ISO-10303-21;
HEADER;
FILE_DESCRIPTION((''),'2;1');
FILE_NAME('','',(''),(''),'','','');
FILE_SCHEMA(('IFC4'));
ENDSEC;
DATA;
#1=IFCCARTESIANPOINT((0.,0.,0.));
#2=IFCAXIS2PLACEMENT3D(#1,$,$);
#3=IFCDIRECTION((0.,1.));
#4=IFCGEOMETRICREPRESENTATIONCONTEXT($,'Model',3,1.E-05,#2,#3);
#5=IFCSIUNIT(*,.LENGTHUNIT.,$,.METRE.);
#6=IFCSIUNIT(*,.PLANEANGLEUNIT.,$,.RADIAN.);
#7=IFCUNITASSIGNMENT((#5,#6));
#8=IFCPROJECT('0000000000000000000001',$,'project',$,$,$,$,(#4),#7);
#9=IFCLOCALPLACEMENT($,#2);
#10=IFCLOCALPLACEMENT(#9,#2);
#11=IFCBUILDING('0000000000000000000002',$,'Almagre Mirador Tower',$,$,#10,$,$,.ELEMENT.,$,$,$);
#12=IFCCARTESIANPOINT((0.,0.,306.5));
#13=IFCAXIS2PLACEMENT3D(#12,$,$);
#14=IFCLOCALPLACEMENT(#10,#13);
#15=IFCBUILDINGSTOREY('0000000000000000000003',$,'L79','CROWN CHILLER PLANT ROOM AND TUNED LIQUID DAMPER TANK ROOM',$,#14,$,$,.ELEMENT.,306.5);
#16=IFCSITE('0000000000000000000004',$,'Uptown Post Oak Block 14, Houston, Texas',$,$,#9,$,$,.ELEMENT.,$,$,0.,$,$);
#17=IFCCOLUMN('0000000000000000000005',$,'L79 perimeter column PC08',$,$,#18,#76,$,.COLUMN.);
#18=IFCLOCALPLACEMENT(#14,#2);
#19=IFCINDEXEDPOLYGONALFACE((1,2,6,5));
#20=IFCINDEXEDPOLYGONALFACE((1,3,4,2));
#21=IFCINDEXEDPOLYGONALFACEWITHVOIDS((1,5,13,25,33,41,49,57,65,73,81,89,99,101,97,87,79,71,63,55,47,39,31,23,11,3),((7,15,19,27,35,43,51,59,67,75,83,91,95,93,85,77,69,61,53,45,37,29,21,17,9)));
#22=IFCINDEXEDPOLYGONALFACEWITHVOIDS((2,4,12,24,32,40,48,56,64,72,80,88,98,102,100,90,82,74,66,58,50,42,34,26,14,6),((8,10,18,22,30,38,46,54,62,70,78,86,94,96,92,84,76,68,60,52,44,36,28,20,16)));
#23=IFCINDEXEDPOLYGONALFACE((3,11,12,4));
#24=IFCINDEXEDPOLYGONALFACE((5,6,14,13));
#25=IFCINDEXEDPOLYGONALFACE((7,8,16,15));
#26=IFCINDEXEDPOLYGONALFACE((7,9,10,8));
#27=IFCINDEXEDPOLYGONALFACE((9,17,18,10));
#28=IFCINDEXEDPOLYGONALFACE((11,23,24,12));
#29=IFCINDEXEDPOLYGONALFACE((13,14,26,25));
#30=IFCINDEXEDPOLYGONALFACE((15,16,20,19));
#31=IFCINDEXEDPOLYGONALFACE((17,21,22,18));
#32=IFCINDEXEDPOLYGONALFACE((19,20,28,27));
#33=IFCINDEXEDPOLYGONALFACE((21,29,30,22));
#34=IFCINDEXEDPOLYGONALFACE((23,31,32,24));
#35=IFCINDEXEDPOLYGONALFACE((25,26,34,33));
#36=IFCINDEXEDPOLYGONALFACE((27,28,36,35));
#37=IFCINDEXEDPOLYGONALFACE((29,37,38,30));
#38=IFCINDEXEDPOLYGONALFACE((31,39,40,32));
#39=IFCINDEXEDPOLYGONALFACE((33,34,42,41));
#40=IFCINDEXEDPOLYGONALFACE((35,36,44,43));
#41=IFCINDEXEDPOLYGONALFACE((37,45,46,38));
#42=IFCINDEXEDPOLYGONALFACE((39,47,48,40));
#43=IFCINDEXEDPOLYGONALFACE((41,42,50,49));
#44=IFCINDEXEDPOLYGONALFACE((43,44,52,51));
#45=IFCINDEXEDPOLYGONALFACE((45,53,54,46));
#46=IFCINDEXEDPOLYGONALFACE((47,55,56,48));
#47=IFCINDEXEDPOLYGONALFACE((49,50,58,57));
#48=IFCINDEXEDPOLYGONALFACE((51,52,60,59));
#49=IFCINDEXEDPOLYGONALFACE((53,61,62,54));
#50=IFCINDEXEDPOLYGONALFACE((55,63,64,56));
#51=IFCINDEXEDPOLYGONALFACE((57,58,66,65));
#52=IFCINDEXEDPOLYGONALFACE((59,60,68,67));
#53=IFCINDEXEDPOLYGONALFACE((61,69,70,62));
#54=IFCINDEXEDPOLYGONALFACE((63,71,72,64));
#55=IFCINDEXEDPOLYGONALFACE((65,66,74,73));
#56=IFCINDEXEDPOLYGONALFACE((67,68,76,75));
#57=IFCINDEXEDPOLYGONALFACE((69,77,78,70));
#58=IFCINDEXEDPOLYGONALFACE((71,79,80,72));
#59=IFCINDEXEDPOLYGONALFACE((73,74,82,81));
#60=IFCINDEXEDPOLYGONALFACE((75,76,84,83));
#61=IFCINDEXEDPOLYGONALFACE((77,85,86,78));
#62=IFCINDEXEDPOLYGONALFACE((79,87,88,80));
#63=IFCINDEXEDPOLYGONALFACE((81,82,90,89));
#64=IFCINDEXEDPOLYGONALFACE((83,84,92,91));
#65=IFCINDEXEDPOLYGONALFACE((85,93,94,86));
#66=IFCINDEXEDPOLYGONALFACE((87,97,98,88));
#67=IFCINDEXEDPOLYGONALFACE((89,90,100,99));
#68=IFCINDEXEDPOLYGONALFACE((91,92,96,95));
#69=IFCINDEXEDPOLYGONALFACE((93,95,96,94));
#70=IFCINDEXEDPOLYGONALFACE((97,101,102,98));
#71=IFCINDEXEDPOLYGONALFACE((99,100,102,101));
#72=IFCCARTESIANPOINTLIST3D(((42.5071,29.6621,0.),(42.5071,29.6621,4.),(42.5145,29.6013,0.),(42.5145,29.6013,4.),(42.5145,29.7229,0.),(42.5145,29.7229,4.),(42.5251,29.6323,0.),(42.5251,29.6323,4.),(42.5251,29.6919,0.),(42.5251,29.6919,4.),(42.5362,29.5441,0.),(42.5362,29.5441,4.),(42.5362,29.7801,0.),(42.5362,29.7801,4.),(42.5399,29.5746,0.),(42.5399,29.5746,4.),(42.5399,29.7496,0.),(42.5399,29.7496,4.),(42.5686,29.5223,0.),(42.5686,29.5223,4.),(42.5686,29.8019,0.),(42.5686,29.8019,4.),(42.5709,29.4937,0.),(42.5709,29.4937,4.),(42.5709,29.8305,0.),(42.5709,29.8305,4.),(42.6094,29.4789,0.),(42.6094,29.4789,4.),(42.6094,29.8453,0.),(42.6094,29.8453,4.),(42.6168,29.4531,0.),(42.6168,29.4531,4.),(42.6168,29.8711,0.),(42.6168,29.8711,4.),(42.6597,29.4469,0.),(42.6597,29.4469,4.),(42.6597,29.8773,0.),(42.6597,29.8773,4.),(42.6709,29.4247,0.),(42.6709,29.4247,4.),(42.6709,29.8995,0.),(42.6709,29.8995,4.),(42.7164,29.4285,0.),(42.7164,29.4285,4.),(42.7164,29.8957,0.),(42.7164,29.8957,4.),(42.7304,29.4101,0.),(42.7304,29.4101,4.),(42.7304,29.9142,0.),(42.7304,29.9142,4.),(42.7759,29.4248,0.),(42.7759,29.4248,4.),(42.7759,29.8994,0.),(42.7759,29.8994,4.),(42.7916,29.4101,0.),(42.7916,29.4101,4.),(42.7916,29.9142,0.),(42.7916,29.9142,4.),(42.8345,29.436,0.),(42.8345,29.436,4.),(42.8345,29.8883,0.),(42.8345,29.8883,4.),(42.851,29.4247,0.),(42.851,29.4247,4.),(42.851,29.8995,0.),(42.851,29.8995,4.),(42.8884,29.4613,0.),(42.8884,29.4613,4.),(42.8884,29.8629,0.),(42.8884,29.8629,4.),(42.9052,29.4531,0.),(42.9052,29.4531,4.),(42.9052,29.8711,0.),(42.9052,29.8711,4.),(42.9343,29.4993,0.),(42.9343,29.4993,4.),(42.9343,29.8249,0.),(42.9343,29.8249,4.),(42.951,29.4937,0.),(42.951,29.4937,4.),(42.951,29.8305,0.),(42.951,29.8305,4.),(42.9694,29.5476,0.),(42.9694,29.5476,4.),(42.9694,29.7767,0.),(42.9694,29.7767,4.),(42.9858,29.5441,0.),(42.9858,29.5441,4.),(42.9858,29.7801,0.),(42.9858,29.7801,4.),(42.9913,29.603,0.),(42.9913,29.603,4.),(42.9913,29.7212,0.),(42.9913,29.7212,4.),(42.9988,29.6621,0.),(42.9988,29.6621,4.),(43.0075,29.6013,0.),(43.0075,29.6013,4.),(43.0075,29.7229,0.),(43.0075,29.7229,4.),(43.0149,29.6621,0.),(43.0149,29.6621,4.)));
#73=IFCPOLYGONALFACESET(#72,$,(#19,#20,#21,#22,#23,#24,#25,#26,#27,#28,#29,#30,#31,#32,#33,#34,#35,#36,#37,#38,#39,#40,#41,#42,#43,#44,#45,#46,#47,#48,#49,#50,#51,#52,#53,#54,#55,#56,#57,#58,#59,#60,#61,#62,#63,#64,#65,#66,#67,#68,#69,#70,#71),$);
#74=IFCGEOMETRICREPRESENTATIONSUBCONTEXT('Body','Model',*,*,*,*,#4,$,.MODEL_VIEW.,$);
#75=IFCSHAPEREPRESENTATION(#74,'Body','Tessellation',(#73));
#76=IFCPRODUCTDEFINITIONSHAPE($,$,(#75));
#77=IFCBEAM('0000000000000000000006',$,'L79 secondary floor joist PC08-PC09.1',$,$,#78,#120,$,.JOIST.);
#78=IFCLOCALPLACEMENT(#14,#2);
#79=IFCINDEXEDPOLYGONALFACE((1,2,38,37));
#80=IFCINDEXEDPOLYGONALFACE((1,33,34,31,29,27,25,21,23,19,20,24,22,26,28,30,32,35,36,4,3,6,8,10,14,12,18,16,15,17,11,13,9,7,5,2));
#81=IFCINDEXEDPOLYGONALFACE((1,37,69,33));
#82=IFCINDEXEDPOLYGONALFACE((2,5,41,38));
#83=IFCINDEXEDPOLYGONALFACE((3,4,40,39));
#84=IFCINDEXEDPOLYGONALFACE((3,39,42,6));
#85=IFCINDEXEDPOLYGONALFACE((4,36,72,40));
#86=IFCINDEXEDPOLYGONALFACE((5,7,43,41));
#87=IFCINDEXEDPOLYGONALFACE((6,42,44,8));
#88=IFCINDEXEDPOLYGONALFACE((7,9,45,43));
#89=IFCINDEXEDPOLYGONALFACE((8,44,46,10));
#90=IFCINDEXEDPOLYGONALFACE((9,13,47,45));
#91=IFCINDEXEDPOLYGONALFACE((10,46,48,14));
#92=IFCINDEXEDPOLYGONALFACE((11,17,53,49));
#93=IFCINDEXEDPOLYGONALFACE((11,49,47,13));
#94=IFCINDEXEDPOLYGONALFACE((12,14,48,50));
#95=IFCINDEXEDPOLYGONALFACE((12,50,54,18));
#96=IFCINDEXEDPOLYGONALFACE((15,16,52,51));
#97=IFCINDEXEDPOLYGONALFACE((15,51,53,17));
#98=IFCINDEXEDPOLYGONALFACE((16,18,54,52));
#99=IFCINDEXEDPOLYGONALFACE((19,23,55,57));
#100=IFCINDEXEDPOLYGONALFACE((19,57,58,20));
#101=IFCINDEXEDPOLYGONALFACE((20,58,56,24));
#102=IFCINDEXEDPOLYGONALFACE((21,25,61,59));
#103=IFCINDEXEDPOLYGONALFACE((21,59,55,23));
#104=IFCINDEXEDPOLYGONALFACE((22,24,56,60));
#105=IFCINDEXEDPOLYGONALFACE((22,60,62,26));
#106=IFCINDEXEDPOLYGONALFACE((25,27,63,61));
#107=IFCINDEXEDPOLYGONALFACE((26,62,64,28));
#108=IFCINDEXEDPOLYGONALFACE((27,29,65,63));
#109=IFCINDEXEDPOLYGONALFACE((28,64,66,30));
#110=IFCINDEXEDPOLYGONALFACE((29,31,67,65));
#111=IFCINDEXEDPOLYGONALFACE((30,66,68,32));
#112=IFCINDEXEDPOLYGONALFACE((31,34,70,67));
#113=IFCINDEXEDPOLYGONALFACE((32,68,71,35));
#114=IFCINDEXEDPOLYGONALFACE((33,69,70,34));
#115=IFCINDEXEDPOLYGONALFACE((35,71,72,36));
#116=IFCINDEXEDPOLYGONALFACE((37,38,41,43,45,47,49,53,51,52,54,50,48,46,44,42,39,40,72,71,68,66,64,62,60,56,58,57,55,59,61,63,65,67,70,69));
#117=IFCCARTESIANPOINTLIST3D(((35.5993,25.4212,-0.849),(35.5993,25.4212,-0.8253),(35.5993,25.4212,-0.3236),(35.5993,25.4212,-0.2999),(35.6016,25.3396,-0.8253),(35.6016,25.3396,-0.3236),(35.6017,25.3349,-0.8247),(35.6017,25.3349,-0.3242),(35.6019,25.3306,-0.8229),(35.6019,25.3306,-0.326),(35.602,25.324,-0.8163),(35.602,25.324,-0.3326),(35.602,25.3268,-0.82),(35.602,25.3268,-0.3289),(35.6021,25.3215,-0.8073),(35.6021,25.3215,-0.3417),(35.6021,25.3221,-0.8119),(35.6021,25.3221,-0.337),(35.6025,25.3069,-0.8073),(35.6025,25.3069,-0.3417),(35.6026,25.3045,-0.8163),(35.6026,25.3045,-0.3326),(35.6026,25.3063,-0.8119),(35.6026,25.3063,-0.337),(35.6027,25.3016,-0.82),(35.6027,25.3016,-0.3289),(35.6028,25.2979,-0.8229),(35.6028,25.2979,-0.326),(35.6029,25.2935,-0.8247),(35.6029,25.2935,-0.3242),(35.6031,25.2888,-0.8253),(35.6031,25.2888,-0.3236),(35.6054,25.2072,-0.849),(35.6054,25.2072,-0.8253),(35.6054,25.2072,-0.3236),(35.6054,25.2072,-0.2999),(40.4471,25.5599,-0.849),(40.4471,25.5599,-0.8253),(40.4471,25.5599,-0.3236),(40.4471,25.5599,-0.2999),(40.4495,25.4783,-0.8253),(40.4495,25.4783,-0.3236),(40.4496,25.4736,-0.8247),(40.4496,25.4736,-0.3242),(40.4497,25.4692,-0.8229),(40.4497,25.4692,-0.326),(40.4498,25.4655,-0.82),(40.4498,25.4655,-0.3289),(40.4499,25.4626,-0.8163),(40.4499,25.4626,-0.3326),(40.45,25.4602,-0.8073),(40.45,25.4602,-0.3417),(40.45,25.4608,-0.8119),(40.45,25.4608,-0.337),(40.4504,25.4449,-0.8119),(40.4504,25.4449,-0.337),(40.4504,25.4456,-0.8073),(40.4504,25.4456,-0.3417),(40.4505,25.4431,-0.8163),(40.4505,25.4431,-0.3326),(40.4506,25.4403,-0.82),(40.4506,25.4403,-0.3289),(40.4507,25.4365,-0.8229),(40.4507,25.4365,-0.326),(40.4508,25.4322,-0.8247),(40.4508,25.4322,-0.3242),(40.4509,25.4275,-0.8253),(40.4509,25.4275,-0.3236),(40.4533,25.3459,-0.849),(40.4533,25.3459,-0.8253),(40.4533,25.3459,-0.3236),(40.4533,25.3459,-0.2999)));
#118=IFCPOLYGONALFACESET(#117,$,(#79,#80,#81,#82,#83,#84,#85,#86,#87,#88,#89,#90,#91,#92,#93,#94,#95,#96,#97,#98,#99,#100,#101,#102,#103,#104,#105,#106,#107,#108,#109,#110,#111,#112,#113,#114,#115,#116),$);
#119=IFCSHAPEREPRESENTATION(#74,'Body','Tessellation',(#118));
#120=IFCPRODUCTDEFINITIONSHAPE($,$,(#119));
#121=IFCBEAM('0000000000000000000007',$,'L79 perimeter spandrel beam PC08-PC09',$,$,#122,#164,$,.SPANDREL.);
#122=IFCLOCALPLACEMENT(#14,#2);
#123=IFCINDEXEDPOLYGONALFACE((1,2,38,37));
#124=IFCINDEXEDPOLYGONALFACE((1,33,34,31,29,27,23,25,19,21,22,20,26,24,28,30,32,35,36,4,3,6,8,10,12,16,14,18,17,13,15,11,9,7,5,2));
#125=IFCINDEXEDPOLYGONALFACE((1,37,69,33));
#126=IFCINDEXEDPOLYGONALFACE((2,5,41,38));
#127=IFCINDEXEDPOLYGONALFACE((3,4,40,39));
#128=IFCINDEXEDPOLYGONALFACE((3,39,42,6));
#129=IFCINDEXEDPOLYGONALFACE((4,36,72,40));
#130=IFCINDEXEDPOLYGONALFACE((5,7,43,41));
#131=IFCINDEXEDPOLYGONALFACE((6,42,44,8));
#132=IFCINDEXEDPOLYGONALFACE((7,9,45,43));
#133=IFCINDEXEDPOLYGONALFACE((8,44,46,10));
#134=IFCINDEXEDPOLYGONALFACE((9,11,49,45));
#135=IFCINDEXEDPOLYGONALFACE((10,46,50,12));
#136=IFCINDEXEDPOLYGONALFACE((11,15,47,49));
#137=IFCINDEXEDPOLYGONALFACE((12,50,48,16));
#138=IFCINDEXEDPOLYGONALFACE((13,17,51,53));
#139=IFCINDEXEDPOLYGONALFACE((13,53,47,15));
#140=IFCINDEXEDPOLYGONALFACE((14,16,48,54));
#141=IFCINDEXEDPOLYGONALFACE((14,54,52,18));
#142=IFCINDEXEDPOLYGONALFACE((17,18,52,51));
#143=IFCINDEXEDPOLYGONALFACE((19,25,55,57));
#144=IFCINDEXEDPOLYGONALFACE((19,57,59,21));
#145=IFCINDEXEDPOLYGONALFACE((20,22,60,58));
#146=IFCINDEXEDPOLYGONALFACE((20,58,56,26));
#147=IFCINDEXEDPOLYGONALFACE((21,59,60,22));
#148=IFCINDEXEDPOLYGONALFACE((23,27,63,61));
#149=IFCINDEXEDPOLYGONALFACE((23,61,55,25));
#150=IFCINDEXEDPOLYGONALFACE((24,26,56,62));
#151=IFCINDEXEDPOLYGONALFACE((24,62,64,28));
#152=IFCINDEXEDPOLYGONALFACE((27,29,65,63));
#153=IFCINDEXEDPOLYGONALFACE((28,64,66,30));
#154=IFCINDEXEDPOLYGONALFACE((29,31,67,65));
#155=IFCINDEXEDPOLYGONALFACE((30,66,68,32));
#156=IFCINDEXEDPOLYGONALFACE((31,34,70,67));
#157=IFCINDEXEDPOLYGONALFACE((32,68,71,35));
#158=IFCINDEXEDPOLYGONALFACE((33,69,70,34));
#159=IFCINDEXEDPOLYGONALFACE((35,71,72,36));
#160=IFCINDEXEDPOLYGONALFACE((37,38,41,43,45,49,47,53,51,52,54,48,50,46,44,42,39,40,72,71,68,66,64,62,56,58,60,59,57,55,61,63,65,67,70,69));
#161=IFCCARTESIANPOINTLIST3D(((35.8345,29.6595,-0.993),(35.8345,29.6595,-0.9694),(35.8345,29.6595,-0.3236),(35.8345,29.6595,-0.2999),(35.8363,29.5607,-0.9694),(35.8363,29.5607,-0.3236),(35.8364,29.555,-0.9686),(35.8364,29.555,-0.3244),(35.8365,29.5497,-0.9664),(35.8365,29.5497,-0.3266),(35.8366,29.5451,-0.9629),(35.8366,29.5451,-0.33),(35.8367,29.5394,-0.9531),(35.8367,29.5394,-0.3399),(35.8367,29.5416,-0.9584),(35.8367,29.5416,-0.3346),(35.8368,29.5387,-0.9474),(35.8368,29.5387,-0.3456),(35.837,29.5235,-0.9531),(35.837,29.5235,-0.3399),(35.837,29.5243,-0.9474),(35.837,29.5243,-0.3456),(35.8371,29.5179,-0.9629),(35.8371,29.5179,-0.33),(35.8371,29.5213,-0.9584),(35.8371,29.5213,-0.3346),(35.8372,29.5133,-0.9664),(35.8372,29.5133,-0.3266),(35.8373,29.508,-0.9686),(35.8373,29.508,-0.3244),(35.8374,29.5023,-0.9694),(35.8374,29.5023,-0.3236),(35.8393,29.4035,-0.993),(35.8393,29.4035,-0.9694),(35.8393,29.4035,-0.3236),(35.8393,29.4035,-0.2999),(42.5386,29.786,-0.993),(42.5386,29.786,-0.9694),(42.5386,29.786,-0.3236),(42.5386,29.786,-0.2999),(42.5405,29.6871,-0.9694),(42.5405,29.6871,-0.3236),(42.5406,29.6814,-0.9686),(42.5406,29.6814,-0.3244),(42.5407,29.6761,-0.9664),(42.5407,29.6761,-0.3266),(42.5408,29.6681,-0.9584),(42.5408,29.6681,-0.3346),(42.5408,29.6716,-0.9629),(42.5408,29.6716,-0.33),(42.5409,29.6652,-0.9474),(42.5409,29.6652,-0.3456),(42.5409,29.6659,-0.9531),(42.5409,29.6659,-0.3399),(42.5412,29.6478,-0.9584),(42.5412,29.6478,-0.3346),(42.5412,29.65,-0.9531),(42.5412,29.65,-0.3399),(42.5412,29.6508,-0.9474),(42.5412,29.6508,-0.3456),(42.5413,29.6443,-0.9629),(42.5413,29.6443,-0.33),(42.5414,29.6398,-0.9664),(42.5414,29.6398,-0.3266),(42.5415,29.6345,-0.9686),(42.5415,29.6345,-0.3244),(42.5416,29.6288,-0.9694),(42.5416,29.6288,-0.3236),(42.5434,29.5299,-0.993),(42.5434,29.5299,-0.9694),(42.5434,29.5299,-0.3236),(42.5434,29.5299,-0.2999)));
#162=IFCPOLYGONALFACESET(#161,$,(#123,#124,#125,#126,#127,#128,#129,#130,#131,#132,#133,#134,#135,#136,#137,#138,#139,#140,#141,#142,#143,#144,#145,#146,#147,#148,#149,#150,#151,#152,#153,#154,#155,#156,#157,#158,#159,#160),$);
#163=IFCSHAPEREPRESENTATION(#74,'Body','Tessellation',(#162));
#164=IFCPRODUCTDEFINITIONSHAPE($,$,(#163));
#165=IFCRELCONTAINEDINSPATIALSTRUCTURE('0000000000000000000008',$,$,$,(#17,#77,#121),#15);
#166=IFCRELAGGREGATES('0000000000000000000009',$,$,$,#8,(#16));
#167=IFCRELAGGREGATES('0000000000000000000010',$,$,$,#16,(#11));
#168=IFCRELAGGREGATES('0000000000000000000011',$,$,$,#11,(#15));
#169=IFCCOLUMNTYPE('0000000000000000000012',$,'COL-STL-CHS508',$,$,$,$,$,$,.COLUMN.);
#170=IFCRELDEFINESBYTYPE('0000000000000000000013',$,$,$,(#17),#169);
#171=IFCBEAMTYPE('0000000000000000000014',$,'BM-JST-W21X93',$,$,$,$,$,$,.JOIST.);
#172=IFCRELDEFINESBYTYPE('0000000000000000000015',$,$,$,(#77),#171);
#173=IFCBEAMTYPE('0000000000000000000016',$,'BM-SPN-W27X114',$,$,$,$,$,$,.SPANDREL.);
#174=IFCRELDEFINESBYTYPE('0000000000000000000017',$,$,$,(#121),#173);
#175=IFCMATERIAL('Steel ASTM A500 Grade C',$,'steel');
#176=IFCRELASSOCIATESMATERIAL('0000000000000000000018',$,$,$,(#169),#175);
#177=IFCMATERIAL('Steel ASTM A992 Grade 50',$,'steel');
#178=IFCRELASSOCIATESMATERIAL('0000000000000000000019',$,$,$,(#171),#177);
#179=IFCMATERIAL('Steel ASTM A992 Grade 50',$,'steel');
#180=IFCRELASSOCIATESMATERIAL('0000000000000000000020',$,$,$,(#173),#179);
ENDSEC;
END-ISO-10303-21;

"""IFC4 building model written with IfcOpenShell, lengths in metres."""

from ifc_helpers import new_model, si_unit, direction, frame, origin, origin_2d, place, context, subcontext, project, spatial, hollow_circle, i_section, extrude, material, material_profile, profile_set, type_object, element, save


model = new_model("IFC4")

# Units and contexts
model_context = context("Model", 3, precision=1e-05, world=origin(), true_north=direction((0.0, 1.0)))
body_context = subcontext(model_context, "Body", "Model", "MODEL_VIEW")
ifc_project = project(units=[si_unit("LENGTHUNIT", "METRE"), si_unit("PLANEANGLEUNIT", "RADIAN")], contexts=[model_context])

# Site, building, storey
site_placement = place(None, origin())
site = spatial("IfcSite", under=ifc_project, at=site_placement, Name="Uptown Post Oak Block 14, Houston, Texas", CompositionType="ELEMENT", RefElevation=0.0)
building_placement = place(site_placement, origin())
building = spatial("IfcBuilding", under=site, at=building_placement, Name="Almagre Mirador Tower", CompositionType="ELEMENT")
storey_placement = place(building_placement, frame((0.0, 0.0, 306.5)))
storey = spatial("IfcBuildingStorey", under=building, at=storey_placement, Name="L79", Description="CROWN CHILLER PLANT ROOM AND TUNED LIQUID DAMPER TANK ROOM", CompositionType="ELEMENT", Elevation=306.5)

# Column
ifc_material_1 = material(Name="Steel ASTM A500 Grade C", Category="steel")
ifc_material_profile_1 = material_profile(ifc_material_1, hollow_circle(Radius=0.2539, WallThickness=0.0161, at=origin_2d()), Name="CHS508X16")
ifc_profile_set_1 = profile_set([ifc_material_profile_1], Name="Steel ASTM A500 Grade C")
column_type = type_object("IfcColumnType", Name="COL-STL-CHS508", PredefinedType="COLUMN", material=ifc_profile_set_1)
column_placement = place(storey_placement, frame((42.761, 29.6621, 0.0), z_axis=(0.0, 0.0, 1.0), x_axis=(1.0, 0.0, 0.0)))
element("IfcColumn", 1, at=column_placement, inside=storey, type_object=column_type, Name="L79 perimeter column PC08", PredefinedType="COLUMN", context=body_context, shape_type="SweptSolid", body=[
    extrude(hollow_circle(Radius=0.2539, WallThickness=0.0161, at=origin_2d()), origin(), (0.0, 0.0, 1.0), 4.0),
])

# Beams
ifc_material_2 = material(Name="Steel ASTM A992 Grade 50", Category="steel")
ifc_material_profile_2 = material_profile(ifc_material_2, i_section(OverallWidth=0.2141, OverallDepth=0.5491, WebThickness=0.0146, FlangeThickness=0.0237, FilletRadius=0.0181, at=origin_2d()), Name="W21X93")
ifc_profile_set_2 = profile_set([ifc_material_profile_2], Name="Steel ASTM A992 Grade 50")
beam_type_1 = type_object("IfcBeamType", Name="BM-JST-W21X93", PredefinedType="JOIST", material=ifc_profile_set_2)
beam_1_placement = place(storey_placement, frame((40.4502, 25.4529, -0.5745), z_axis=(-0.999591, -0.028593, 0.0), x_axis=(0.028593, -0.999591, 0.0)))
element("IfcBeam", 2, at=beam_1_placement, inside=storey, type_object=beam_type_1, Name="L79 secondary floor joist PC08-PC09.1", PredefinedType="JOIST", context=body_context, shape_type="SweptSolid", body=[
    extrude(i_section(OverallWidth=0.2141, OverallDepth=0.5491, WebThickness=0.0146, FlangeThickness=0.0237, FilletRadius=0.0181, at=origin_2d()), origin(), (0.0, 0.0, 1.0), 4.8499),
])
ifc_material_3 = material(Name="Steel ASTM A992 Grade 50", Category="steel")
ifc_material_profile_3 = material_profile(ifc_material_3, i_section(OverallWidth=0.2561, OverallDepth=0.6931, WebThickness=0.0144, FlangeThickness=0.0237, FilletRadius=0.022, at=origin_2d()), Name="W27X114")
ifc_profile_set_3 = profile_set([ifc_material_profile_3], Name="Steel ASTM A992 Grade 50")
beam_type_2 = type_object("IfcBeamType", Name="BM-SPN-W27X114", PredefinedType="SPANDREL", material=ifc_profile_set_3)
beam_2_placement = place(storey_placement, frame((42.541, 29.658, -0.6465), z_axis=(-0.999822, -0.01886, 0.0), x_axis=(0.01886, -0.999822, 0.0)))
element("IfcBeam", 3, at=beam_2_placement, inside=storey, type_object=beam_type_2, Name="L79 perimeter spandrel beam PC08-PC09", PredefinedType="SPANDREL", context=body_context, shape_type="SweptSolid", body=[
    extrude(i_section(OverallWidth=0.2561, OverallDepth=0.6931, WebThickness=0.0144, FlangeThickness=0.0237, FilletRadius=0.022, at=origin_2d()), origin(), (0.0, 0.0, 1.0), 6.7053),
])

save(model, "model.ifc")
